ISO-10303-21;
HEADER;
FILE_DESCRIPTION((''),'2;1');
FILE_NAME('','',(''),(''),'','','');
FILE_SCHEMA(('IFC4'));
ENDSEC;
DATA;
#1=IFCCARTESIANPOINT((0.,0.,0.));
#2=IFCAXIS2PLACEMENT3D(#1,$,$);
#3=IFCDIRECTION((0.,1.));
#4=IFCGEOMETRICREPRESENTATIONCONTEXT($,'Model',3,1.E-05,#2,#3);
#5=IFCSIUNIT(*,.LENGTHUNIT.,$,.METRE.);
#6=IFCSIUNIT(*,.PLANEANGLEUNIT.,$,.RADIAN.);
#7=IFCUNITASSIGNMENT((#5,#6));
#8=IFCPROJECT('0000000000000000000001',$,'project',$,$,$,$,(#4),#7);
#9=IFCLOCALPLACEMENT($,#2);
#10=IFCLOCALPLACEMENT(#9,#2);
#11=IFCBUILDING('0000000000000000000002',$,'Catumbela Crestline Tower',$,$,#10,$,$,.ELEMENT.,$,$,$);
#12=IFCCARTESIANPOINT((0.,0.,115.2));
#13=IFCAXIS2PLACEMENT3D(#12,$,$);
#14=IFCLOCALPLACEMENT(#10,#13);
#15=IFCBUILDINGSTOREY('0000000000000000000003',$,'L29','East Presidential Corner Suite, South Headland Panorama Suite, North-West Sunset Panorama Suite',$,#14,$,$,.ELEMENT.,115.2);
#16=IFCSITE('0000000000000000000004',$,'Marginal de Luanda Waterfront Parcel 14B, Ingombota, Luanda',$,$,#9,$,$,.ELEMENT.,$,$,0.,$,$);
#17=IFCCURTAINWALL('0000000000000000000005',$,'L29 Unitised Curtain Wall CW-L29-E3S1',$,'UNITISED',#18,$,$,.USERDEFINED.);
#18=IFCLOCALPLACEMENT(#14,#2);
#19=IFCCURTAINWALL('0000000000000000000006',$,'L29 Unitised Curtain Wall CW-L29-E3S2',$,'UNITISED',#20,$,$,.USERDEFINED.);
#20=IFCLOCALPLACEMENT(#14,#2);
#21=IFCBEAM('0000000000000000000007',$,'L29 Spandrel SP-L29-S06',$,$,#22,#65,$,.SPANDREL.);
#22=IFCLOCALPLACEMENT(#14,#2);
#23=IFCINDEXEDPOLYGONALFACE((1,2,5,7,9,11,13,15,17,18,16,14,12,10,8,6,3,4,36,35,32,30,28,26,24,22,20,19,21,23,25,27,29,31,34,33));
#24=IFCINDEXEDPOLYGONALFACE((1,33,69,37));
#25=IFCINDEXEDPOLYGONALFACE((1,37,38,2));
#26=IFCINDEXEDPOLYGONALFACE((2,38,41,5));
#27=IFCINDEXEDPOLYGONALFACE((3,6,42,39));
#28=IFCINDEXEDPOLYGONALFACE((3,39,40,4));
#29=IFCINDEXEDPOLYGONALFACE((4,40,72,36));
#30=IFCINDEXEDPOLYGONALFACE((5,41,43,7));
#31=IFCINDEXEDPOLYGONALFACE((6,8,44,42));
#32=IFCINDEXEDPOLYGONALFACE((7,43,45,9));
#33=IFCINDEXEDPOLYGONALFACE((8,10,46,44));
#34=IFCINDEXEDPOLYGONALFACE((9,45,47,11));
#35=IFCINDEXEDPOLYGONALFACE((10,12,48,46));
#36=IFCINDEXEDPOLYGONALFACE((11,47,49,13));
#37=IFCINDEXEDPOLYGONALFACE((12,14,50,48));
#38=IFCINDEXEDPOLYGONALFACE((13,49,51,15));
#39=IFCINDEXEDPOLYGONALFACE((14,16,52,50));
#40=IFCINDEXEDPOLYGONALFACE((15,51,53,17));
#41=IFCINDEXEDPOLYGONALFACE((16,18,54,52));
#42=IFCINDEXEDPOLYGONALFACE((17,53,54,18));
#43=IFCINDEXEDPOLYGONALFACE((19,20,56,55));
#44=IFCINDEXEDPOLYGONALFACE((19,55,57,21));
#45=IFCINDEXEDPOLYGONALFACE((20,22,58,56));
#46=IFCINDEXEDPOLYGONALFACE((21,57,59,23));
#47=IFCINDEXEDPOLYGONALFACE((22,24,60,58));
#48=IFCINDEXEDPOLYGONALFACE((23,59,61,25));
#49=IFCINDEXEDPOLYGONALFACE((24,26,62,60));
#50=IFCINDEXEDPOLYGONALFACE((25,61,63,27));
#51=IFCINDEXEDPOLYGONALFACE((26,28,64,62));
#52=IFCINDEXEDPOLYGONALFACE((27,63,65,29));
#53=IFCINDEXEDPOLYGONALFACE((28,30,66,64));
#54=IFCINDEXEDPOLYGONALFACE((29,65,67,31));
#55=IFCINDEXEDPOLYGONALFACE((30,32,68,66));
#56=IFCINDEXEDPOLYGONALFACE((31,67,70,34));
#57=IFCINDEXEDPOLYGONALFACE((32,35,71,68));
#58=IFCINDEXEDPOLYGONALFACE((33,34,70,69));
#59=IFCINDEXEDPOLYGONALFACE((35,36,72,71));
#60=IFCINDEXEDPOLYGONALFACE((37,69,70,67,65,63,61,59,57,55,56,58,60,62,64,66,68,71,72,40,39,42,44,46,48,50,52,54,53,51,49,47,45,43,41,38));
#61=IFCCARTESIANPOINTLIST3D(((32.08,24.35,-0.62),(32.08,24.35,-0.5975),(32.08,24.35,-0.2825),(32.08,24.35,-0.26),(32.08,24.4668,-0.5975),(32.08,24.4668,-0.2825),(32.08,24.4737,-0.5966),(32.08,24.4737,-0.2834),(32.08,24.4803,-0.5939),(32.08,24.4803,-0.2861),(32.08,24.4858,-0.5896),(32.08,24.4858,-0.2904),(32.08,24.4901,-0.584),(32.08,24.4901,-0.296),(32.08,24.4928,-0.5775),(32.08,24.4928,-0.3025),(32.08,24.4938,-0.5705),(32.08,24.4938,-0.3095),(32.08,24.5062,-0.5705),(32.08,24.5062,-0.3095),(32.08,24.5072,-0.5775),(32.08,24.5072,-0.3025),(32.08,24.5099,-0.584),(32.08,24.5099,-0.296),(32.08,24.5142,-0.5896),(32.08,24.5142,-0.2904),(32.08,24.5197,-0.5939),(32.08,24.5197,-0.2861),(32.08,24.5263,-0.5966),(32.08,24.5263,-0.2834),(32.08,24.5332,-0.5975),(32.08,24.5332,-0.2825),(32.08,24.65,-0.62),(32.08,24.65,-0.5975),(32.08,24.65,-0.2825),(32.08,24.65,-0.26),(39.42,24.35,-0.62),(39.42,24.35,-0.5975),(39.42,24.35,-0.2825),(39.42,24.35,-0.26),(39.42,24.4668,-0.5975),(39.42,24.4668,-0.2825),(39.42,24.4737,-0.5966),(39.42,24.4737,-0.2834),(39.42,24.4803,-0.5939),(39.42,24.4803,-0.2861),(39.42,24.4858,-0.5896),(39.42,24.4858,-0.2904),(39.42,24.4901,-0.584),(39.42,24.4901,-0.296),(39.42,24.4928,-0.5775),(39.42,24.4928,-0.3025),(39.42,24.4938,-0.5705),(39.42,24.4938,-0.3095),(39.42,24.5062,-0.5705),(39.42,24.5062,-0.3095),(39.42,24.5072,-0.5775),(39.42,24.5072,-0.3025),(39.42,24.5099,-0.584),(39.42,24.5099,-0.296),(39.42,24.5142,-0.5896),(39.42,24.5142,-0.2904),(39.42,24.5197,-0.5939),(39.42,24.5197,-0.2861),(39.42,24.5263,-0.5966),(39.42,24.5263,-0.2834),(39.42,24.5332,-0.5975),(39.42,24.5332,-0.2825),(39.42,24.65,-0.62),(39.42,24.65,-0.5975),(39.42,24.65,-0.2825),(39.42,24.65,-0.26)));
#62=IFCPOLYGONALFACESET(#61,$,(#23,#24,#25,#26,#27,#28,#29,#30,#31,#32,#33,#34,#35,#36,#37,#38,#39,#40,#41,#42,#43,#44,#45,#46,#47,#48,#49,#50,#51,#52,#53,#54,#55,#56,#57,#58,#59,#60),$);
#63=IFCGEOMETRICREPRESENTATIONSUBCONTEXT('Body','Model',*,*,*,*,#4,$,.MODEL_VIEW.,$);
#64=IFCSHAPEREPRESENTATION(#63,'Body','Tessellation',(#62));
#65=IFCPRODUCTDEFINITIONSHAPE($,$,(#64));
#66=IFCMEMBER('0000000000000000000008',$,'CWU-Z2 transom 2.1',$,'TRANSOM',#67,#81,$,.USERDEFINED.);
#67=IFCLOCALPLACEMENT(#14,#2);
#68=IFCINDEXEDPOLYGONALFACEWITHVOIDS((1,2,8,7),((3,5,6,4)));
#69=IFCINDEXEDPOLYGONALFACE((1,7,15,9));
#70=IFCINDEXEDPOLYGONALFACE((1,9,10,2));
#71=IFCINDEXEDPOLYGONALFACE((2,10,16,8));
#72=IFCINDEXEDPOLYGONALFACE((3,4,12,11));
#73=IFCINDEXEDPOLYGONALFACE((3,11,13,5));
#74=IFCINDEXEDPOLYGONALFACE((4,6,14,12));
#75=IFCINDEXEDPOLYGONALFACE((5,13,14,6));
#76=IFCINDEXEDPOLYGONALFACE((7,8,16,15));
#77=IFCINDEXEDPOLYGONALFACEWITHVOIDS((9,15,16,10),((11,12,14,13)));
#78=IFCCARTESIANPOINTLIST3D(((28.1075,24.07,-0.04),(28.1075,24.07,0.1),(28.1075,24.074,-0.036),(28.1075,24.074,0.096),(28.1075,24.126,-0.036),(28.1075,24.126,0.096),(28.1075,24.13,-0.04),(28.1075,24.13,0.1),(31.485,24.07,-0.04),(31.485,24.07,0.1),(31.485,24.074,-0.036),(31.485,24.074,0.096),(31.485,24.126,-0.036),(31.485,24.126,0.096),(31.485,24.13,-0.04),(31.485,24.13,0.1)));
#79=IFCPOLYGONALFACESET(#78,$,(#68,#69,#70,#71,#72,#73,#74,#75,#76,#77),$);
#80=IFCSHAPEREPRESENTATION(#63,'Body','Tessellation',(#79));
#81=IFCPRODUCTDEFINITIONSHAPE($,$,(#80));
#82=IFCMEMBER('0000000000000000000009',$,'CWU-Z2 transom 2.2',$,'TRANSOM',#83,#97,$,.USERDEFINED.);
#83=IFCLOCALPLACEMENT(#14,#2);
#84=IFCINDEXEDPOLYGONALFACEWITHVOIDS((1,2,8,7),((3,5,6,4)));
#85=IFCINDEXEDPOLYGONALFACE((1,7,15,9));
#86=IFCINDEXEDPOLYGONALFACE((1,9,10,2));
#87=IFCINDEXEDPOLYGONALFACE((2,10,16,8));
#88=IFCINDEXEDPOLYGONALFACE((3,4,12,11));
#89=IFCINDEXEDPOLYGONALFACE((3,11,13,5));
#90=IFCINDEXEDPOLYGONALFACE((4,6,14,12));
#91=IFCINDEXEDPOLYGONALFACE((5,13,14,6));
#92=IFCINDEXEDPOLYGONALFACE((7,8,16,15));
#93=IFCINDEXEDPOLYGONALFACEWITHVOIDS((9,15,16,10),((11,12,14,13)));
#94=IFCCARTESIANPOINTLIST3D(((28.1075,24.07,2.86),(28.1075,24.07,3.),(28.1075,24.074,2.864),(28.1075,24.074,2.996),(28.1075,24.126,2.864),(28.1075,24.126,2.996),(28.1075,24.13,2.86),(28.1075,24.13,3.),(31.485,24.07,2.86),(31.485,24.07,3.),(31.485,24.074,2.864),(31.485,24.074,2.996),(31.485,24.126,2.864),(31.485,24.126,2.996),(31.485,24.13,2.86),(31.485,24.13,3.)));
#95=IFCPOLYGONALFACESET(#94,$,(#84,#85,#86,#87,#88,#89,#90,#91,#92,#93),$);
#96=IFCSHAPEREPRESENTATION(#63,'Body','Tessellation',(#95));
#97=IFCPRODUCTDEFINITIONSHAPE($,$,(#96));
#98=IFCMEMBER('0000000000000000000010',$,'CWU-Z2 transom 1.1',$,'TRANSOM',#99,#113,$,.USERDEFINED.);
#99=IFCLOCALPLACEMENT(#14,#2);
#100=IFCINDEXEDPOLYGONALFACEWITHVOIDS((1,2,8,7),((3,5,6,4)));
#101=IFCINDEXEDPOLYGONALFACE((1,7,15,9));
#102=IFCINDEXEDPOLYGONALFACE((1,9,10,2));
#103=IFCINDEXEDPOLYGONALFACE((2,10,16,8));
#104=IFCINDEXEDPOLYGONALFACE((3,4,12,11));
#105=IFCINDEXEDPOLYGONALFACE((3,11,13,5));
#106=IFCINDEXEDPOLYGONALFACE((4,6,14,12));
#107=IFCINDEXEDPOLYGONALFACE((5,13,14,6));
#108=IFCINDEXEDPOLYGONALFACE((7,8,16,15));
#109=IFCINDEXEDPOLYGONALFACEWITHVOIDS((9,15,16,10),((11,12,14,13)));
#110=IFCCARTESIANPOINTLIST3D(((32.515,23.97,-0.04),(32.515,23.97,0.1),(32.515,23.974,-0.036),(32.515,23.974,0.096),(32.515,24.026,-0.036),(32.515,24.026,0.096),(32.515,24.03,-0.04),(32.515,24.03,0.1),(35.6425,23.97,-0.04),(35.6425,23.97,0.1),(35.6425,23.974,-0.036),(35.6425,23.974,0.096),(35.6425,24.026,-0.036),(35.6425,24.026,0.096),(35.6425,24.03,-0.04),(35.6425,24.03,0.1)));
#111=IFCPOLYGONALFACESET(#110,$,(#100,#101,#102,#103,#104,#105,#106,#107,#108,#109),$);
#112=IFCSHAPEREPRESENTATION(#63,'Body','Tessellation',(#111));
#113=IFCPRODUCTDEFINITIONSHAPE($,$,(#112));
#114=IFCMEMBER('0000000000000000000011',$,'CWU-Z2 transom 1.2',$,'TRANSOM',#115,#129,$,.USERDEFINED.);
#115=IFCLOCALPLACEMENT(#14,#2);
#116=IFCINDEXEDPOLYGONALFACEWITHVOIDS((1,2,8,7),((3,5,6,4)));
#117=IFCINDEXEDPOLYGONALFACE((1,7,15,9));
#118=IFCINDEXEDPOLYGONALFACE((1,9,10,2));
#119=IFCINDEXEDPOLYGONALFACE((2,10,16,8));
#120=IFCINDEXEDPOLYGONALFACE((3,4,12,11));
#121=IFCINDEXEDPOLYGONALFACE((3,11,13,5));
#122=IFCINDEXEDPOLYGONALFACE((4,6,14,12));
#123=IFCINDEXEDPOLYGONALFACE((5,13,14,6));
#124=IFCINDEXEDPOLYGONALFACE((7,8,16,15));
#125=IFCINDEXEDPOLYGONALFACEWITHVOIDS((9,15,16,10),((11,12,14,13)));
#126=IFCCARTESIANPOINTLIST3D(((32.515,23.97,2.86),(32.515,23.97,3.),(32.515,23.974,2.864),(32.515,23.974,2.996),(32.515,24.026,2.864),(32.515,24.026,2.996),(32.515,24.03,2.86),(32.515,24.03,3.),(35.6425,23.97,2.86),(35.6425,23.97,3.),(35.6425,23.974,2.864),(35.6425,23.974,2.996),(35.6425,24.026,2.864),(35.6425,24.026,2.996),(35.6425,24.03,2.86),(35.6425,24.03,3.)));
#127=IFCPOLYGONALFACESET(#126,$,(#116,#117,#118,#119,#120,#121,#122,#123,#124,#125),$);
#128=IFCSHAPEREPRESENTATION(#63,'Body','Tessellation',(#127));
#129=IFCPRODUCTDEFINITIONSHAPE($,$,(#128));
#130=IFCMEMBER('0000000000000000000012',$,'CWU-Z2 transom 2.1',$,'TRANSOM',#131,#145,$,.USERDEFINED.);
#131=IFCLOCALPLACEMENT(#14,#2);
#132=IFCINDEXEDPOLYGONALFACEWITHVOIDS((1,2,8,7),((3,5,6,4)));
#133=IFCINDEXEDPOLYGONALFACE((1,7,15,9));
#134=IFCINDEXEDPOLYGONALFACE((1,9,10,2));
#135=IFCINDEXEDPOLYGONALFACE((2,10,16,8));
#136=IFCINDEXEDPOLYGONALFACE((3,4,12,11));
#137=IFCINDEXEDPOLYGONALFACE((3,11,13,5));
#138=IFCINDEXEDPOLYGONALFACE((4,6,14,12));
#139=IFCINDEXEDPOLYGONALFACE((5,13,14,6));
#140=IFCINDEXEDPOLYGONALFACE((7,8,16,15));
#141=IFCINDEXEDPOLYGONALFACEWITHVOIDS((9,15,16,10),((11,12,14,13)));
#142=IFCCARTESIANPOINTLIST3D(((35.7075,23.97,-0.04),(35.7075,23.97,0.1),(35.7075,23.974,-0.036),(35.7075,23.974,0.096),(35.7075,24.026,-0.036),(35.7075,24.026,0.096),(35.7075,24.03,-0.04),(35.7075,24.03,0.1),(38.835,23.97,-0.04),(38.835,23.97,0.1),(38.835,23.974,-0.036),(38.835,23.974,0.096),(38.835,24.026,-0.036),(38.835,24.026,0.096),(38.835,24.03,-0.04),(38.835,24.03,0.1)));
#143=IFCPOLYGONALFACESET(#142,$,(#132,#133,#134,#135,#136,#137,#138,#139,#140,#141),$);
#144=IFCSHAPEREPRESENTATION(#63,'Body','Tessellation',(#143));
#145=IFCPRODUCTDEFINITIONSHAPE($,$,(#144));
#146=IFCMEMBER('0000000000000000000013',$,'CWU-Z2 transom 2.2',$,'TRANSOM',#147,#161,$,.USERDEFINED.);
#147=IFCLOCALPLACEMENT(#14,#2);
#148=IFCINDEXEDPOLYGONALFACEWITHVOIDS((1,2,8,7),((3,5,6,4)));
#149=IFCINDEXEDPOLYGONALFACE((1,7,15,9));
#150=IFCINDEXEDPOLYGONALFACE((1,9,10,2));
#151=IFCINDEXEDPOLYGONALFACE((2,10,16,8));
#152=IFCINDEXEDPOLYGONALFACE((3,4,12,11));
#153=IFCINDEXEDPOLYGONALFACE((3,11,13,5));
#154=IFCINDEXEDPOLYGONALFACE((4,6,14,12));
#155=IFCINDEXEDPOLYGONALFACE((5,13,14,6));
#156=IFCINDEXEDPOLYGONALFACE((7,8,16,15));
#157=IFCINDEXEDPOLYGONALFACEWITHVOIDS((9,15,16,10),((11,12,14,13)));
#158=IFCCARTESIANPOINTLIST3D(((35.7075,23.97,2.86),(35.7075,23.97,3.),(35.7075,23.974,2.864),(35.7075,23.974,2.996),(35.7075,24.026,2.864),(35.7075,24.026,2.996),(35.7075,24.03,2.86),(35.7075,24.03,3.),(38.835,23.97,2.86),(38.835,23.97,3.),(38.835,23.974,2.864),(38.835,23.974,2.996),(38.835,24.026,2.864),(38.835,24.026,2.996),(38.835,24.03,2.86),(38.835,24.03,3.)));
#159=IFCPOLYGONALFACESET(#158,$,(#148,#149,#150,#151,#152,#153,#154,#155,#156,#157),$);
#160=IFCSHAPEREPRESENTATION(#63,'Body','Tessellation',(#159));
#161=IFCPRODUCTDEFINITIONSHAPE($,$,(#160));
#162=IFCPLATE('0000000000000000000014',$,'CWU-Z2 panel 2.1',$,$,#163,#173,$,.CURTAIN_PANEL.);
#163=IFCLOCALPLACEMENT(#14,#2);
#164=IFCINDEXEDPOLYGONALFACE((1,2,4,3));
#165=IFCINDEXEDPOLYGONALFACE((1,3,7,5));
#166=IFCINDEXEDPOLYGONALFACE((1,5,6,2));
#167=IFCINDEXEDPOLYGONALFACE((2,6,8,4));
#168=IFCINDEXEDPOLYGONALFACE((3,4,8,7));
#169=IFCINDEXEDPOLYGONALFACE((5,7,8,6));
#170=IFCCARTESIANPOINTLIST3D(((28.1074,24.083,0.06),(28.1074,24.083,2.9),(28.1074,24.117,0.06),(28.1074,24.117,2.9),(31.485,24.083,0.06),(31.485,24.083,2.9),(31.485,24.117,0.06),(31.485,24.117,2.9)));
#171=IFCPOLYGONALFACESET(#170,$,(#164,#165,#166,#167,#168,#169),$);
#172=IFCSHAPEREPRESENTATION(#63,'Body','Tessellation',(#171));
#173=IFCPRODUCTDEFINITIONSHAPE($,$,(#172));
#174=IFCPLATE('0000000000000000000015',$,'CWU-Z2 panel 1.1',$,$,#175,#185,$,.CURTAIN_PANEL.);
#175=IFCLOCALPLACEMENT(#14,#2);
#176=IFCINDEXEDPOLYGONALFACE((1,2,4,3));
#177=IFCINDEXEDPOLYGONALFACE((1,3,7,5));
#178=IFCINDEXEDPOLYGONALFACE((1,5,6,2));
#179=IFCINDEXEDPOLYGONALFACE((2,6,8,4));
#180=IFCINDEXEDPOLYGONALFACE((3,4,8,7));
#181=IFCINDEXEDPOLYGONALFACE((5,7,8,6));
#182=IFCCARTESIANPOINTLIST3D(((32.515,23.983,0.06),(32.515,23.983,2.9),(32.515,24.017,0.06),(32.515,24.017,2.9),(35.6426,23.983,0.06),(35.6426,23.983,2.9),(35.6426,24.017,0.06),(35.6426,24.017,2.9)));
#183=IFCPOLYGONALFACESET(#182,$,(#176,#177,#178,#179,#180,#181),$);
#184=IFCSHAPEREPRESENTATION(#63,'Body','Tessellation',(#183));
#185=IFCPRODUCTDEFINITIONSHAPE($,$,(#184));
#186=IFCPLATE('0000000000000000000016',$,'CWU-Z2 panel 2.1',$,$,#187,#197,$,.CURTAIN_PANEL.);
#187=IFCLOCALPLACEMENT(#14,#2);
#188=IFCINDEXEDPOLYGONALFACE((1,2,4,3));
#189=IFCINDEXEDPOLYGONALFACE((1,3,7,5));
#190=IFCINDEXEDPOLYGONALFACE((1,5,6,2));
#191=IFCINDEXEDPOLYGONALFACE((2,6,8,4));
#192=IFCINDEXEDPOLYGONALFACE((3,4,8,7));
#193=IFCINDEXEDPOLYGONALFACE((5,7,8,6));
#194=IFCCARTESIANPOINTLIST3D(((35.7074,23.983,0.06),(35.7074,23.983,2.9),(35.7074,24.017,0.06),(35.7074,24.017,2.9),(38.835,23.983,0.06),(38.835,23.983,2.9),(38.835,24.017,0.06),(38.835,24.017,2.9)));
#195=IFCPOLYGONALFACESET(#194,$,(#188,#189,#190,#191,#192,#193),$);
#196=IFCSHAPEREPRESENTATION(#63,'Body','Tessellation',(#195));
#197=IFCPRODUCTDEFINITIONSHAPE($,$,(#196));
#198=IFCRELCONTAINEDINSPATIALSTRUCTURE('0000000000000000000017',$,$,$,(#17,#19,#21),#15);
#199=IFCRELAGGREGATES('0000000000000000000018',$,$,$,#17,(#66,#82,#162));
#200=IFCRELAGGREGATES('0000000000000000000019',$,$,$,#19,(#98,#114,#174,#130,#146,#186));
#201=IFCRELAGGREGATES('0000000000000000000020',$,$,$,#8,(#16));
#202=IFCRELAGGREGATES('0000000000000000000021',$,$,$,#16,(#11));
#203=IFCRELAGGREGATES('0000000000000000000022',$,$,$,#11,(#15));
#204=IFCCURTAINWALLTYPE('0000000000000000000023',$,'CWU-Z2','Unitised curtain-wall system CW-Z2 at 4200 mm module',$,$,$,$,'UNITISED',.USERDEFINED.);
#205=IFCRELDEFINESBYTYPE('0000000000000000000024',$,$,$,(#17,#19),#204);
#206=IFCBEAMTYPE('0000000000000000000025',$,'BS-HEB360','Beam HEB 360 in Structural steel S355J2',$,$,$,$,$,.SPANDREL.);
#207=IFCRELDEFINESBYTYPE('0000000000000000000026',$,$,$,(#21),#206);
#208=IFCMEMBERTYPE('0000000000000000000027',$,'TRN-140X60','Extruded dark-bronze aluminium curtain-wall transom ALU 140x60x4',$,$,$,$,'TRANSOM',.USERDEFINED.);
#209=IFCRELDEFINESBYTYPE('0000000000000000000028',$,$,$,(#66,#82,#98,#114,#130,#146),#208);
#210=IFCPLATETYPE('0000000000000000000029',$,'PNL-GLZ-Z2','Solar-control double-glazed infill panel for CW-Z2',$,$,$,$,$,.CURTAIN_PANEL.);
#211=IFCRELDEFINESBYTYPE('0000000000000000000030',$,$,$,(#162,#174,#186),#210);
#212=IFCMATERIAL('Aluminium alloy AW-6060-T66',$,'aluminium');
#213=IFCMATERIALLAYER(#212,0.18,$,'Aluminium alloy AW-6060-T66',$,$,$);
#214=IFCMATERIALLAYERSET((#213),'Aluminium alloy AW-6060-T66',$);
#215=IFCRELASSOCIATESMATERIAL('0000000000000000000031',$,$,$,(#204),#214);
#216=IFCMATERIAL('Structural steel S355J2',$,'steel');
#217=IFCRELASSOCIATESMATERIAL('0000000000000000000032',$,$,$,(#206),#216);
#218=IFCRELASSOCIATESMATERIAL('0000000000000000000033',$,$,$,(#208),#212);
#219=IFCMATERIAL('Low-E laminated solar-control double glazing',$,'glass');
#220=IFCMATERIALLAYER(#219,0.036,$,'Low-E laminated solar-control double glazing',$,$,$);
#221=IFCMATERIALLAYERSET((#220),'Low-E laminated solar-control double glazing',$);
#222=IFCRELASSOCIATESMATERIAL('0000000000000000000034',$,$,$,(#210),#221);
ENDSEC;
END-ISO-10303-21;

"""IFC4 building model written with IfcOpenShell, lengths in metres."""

from ifc_helpers import new_model, si_unit, direction, frame, origin, origin_2d, place, context, subcontext, project, spatial, rectangle, hollow_rectangle, i_section, extrude, material, layer, layer_set, material_profile, profile_set, type_object, element, aggregate, save


model = new_model("IFC4")

# Units and contexts
model_context = context("Model", 3, precision=1e-05, world=origin(), true_north=direction((0.0, 1.0)))
body_context = subcontext(model_context, "Body", "Model", "MODEL_VIEW")
ifc_project = project(units=[si_unit("LENGTHUNIT", "METRE"), si_unit("PLANEANGLEUNIT", "RADIAN")], contexts=[model_context])

# Site, building, storey
site_placement = place(None, origin())
site = spatial("IfcSite", under=ifc_project, at=site_placement, Name="Marginal de Luanda Waterfront Parcel 14B, Ingombota, Luanda", CompositionType="ELEMENT", RefElevation=0.0)
building_placement = place(site_placement, origin())
building = spatial("IfcBuilding", under=site, at=building_placement, Name="Catumbela Crestline Tower", CompositionType="ELEMENT")
storey_placement = place(building_placement, frame((0.0, 0.0, 115.2)))
storey = spatial("IfcBuildingStorey", under=building, at=storey_placement, Name="L29", Description="East Presidential Corner Suite, South Headland Panorama Suite, North-West Sunset Panorama Suite", CompositionType="ELEMENT", Elevation=115.2)

# Shared definitions
ifc_material_1 = material(Name="Structural steel S355J2", Category="steel")

# Curtain wall
ifc_material_2 = material(Name="Aluminium alloy AW-6060-T66", Category="aluminium")
ifc_layer_1 = layer(ifc_material_2, 0.18, Name="Aluminium alloy AW-6060-T66")
ifc_layer_set_1 = layer_set([ifc_layer_1], Name="Aluminium alloy AW-6060-T66")
curtain_wall_type = type_object("IfcCurtainWallType", Name="CWU-Z2", Description="Unitised curtain-wall system CW-Z2 at 4200 mm module", ElementType="UNITISED", PredefinedType="USERDEFINED", material=ifc_layer_set_1)
curtain_wall_1_placement = place(storey_placement, origin())
curtain_wall_1 = element("IfcCurtainWall", 1, at=curtain_wall_1_placement, inside=storey, type_object=curtain_wall_type, Name="L29 Unitised Curtain Wall CW-L29-E3S1", ObjectType="UNITISED", PredefinedType="USERDEFINED")

# Curtain wall
curtain_wall_2_placement = place(storey_placement, origin())
curtain_wall_2 = element("IfcCurtainWall", 2, at=curtain_wall_2_placement, inside=storey, type_object=curtain_wall_type, Name="L29 Unitised Curtain Wall CW-L29-E3S2", ObjectType="UNITISED", PredefinedType="USERDEFINED")

# Beam
ifc_material_profile_1 = material_profile(ifc_material_1, i_section(OverallWidth=0.3, OverallDepth=0.36, WebThickness=0.0125, FlangeThickness=0.0225, FilletRadius=0.027, at=origin_2d()), Name="HEB 360")
ifc_profile_set_1 = profile_set([ifc_material_profile_1], Name="Structural steel S355J2")
beam_type_1 = type_object("IfcBeamType", Name="BS-HEB360", Description="Beam HEB 360 in Structural steel S355J2", PredefinedType="SPANDREL", material=ifc_profile_set_1)
beam_placement = place(storey_placement, frame((32.08, 24.5, -0.44), z_axis=(1.0, 0.0, 0.0), x_axis=(0.0, 1.0, 0.0)))
element("IfcBeam", 3, at=beam_placement, inside=storey, type_object=beam_type_1, Name="L29 Spandrel SP-L29-S06", PredefinedType="SPANDREL", context=body_context, shape_type="SweptSolid", body=[
    extrude(i_section(OverallWidth=0.3, OverallDepth=0.36, WebThickness=0.0125, FlangeThickness=0.0225, FilletRadius=0.027, at=origin_2d()), origin(), (0.0, 0.0, 1.0), 7.34),
])

# Members
ifc_material_profile_2 = material_profile(ifc_material_2, hollow_rectangle(XDim=0.06, YDim=0.14, WallThickness=0.004, at=origin_2d()), Name="ALU 140x60x4")
ifc_profile_set_2 = profile_set([ifc_material_profile_2], Name="Aluminium alloy AW-6060-T66")
member_type_1 = type_object("IfcMemberType", Name="TRN-140X60", Description="Extruded dark-bronze aluminium curtain-wall transom ALU 140x60x4", ElementType="TRANSOM", PredefinedType="USERDEFINED", material=ifc_profile_set_2)
member_1_placement = place(storey_placement, frame((28.1075, 24.1, 0.03), z_axis=(1.0, 0.0, 0.0), x_axis=(0.0, 1.0, 0.0)))
member_1 = element("IfcMember", 4, at=member_1_placement, type_object=member_type_1, Name="CWU-Z2 transom 2.1", ObjectType="TRANSOM", PredefinedType="USERDEFINED", context=body_context, shape_type="SweptSolid", body=[
    extrude(hollow_rectangle(XDim=0.06, YDim=0.14, WallThickness=0.004, at=origin_2d()), origin(), (0.0, 0.0, 1.0), 3.3775),
])
member_2_placement = place(storey_placement, frame((28.1075, 24.1, 2.93), z_axis=(1.0, 0.0, 0.0), x_axis=(0.0, 1.0, 0.0)))
member_2 = element("IfcMember", 5, at=member_2_placement, type_object=member_type_1, Name="CWU-Z2 transom 2.2", ObjectType="TRANSOM", PredefinedType="USERDEFINED", context=body_context, shape_type="SweptSolid", body=[
    extrude(hollow_rectangle(XDim=0.06, YDim=0.14, WallThickness=0.004, at=origin_2d()), origin(), (0.0, 0.0, 1.0), 3.3775),
])
member_3_placement = place(storey_placement, frame((32.515, 24.0, 0.03), z_axis=(1.0, 0.0, 0.0), x_axis=(0.0, 1.0, 0.0)))
member_3 = element("IfcMember", 6, at=member_3_placement, type_object=member_type_1, Name="CWU-Z2 transom 1.1", ObjectType="TRANSOM", PredefinedType="USERDEFINED", context=body_context, shape_type="SweptSolid", body=[
    extrude(hollow_rectangle(XDim=0.06, YDim=0.14, WallThickness=0.004, at=origin_2d()), origin(), (0.0, 0.0, 1.0), 3.1275),
])
member_4_placement = place(storey_placement, frame((32.515, 24.0, 2.93), z_axis=(1.0, 0.0, 0.0), x_axis=(0.0, 1.0, 0.0)))
member_4 = element("IfcMember", 7, at=member_4_placement, type_object=member_type_1, Name="CWU-Z2 transom 1.2", ObjectType="TRANSOM", PredefinedType="USERDEFINED", context=body_context, shape_type="SweptSolid", body=[
    extrude(hollow_rectangle(XDim=0.06, YDim=0.14, WallThickness=0.004, at=origin_2d()), origin(), (0.0, 0.0, 1.0), 3.1275),
])
member_5_placement = place(storey_placement, frame((35.7075, 24.0, 0.03), z_axis=(1.0, 0.0, 0.0), x_axis=(0.0, 1.0, 0.0)))
member_5 = element("IfcMember", 8, at=member_5_placement, type_object=member_type_1, Name="CWU-Z2 transom 2.1", ObjectType="TRANSOM", PredefinedType="USERDEFINED", context=body_context, shape_type="SweptSolid", body=[
    extrude(hollow_rectangle(XDim=0.06, YDim=0.14, WallThickness=0.004, at=origin_2d()), origin(), (0.0, 0.0, 1.0), 3.1275),
])
member_6_placement = place(storey_placement, frame((35.7075, 24.0, 2.93), z_axis=(1.0, 0.0, 0.0), x_axis=(0.0, 1.0, 0.0)))
member_6 = element("IfcMember", 9, at=member_6_placement, type_object=member_type_1, Name="CWU-Z2 transom 2.2", ObjectType="TRANSOM", PredefinedType="USERDEFINED", context=body_context, shape_type="SweptSolid", body=[
    extrude(hollow_rectangle(XDim=0.06, YDim=0.14, WallThickness=0.004, at=origin_2d()), origin(), (0.0, 0.0, 1.0), 3.1275),
])

# Plates
ifc_material_3 = material(Name="Low-E laminated solar-control double glazing", Category="glass")
ifc_layer_2 = layer(ifc_material_3, 0.036, Name="Low-E laminated solar-control double glazing")
ifc_layer_set_2 = layer_set([ifc_layer_2], Name="Low-E laminated solar-control double glazing")
plate_type = type_object("IfcPlateType", Name="PNL-GLZ-Z2", Description="Solar-control double-glazed infill panel for CW-Z2", PredefinedType="CURTAIN_PANEL", material=ifc_layer_set_2)
plate_1_placement = place(storey_placement, frame((29.7962, 24.1, 0.06), z_axis=(0.0, 0.0, 1.0), x_axis=(1.0, 0.0, 0.0)))
plate_1 = element("IfcPlate", 10, at=plate_1_placement, type_object=plate_type, Name="CWU-Z2 panel 2.1", PredefinedType="CURTAIN_PANEL", context=body_context, shape_type="SweptSolid", body=[
    extrude(rectangle(XDim=3.3775, YDim=0.034, at=origin_2d()), origin(), (0.0, 0.0, 1.0), 2.84),
])
aggregate(curtain_wall_1, [member_1, member_2, plate_1])
plate_2_placement = place(storey_placement, frame((34.0788, 24.0, 0.06), z_axis=(0.0, 0.0, 1.0), x_axis=(1.0, 0.0, 0.0)))
plate_2 = element("IfcPlate", 11, at=plate_2_placement, type_object=plate_type, Name="CWU-Z2 panel 1.1", PredefinedType="CURTAIN_PANEL", context=body_context, shape_type="SweptSolid", body=[
    extrude(rectangle(XDim=3.1275, YDim=0.034, at=origin_2d()), origin(), (0.0, 0.0, 1.0), 2.84),
])
plate_3_placement = place(storey_placement, frame((37.2712, 24.0, 0.06), z_axis=(0.0, 0.0, 1.0), x_axis=(1.0, 0.0, 0.0)))
plate_3 = element("IfcPlate", 12, at=plate_3_placement, type_object=plate_type, Name="CWU-Z2 panel 2.1", PredefinedType="CURTAIN_PANEL", context=body_context, shape_type="SweptSolid", body=[
    extrude(rectangle(XDim=3.1275, YDim=0.034, at=origin_2d()), origin(), (0.0, 0.0, 1.0), 2.84),
])
aggregate(curtain_wall_2, [member_3, member_4, plate_2, member_5, member_6, plate_3])

save(model, "model.ifc")
